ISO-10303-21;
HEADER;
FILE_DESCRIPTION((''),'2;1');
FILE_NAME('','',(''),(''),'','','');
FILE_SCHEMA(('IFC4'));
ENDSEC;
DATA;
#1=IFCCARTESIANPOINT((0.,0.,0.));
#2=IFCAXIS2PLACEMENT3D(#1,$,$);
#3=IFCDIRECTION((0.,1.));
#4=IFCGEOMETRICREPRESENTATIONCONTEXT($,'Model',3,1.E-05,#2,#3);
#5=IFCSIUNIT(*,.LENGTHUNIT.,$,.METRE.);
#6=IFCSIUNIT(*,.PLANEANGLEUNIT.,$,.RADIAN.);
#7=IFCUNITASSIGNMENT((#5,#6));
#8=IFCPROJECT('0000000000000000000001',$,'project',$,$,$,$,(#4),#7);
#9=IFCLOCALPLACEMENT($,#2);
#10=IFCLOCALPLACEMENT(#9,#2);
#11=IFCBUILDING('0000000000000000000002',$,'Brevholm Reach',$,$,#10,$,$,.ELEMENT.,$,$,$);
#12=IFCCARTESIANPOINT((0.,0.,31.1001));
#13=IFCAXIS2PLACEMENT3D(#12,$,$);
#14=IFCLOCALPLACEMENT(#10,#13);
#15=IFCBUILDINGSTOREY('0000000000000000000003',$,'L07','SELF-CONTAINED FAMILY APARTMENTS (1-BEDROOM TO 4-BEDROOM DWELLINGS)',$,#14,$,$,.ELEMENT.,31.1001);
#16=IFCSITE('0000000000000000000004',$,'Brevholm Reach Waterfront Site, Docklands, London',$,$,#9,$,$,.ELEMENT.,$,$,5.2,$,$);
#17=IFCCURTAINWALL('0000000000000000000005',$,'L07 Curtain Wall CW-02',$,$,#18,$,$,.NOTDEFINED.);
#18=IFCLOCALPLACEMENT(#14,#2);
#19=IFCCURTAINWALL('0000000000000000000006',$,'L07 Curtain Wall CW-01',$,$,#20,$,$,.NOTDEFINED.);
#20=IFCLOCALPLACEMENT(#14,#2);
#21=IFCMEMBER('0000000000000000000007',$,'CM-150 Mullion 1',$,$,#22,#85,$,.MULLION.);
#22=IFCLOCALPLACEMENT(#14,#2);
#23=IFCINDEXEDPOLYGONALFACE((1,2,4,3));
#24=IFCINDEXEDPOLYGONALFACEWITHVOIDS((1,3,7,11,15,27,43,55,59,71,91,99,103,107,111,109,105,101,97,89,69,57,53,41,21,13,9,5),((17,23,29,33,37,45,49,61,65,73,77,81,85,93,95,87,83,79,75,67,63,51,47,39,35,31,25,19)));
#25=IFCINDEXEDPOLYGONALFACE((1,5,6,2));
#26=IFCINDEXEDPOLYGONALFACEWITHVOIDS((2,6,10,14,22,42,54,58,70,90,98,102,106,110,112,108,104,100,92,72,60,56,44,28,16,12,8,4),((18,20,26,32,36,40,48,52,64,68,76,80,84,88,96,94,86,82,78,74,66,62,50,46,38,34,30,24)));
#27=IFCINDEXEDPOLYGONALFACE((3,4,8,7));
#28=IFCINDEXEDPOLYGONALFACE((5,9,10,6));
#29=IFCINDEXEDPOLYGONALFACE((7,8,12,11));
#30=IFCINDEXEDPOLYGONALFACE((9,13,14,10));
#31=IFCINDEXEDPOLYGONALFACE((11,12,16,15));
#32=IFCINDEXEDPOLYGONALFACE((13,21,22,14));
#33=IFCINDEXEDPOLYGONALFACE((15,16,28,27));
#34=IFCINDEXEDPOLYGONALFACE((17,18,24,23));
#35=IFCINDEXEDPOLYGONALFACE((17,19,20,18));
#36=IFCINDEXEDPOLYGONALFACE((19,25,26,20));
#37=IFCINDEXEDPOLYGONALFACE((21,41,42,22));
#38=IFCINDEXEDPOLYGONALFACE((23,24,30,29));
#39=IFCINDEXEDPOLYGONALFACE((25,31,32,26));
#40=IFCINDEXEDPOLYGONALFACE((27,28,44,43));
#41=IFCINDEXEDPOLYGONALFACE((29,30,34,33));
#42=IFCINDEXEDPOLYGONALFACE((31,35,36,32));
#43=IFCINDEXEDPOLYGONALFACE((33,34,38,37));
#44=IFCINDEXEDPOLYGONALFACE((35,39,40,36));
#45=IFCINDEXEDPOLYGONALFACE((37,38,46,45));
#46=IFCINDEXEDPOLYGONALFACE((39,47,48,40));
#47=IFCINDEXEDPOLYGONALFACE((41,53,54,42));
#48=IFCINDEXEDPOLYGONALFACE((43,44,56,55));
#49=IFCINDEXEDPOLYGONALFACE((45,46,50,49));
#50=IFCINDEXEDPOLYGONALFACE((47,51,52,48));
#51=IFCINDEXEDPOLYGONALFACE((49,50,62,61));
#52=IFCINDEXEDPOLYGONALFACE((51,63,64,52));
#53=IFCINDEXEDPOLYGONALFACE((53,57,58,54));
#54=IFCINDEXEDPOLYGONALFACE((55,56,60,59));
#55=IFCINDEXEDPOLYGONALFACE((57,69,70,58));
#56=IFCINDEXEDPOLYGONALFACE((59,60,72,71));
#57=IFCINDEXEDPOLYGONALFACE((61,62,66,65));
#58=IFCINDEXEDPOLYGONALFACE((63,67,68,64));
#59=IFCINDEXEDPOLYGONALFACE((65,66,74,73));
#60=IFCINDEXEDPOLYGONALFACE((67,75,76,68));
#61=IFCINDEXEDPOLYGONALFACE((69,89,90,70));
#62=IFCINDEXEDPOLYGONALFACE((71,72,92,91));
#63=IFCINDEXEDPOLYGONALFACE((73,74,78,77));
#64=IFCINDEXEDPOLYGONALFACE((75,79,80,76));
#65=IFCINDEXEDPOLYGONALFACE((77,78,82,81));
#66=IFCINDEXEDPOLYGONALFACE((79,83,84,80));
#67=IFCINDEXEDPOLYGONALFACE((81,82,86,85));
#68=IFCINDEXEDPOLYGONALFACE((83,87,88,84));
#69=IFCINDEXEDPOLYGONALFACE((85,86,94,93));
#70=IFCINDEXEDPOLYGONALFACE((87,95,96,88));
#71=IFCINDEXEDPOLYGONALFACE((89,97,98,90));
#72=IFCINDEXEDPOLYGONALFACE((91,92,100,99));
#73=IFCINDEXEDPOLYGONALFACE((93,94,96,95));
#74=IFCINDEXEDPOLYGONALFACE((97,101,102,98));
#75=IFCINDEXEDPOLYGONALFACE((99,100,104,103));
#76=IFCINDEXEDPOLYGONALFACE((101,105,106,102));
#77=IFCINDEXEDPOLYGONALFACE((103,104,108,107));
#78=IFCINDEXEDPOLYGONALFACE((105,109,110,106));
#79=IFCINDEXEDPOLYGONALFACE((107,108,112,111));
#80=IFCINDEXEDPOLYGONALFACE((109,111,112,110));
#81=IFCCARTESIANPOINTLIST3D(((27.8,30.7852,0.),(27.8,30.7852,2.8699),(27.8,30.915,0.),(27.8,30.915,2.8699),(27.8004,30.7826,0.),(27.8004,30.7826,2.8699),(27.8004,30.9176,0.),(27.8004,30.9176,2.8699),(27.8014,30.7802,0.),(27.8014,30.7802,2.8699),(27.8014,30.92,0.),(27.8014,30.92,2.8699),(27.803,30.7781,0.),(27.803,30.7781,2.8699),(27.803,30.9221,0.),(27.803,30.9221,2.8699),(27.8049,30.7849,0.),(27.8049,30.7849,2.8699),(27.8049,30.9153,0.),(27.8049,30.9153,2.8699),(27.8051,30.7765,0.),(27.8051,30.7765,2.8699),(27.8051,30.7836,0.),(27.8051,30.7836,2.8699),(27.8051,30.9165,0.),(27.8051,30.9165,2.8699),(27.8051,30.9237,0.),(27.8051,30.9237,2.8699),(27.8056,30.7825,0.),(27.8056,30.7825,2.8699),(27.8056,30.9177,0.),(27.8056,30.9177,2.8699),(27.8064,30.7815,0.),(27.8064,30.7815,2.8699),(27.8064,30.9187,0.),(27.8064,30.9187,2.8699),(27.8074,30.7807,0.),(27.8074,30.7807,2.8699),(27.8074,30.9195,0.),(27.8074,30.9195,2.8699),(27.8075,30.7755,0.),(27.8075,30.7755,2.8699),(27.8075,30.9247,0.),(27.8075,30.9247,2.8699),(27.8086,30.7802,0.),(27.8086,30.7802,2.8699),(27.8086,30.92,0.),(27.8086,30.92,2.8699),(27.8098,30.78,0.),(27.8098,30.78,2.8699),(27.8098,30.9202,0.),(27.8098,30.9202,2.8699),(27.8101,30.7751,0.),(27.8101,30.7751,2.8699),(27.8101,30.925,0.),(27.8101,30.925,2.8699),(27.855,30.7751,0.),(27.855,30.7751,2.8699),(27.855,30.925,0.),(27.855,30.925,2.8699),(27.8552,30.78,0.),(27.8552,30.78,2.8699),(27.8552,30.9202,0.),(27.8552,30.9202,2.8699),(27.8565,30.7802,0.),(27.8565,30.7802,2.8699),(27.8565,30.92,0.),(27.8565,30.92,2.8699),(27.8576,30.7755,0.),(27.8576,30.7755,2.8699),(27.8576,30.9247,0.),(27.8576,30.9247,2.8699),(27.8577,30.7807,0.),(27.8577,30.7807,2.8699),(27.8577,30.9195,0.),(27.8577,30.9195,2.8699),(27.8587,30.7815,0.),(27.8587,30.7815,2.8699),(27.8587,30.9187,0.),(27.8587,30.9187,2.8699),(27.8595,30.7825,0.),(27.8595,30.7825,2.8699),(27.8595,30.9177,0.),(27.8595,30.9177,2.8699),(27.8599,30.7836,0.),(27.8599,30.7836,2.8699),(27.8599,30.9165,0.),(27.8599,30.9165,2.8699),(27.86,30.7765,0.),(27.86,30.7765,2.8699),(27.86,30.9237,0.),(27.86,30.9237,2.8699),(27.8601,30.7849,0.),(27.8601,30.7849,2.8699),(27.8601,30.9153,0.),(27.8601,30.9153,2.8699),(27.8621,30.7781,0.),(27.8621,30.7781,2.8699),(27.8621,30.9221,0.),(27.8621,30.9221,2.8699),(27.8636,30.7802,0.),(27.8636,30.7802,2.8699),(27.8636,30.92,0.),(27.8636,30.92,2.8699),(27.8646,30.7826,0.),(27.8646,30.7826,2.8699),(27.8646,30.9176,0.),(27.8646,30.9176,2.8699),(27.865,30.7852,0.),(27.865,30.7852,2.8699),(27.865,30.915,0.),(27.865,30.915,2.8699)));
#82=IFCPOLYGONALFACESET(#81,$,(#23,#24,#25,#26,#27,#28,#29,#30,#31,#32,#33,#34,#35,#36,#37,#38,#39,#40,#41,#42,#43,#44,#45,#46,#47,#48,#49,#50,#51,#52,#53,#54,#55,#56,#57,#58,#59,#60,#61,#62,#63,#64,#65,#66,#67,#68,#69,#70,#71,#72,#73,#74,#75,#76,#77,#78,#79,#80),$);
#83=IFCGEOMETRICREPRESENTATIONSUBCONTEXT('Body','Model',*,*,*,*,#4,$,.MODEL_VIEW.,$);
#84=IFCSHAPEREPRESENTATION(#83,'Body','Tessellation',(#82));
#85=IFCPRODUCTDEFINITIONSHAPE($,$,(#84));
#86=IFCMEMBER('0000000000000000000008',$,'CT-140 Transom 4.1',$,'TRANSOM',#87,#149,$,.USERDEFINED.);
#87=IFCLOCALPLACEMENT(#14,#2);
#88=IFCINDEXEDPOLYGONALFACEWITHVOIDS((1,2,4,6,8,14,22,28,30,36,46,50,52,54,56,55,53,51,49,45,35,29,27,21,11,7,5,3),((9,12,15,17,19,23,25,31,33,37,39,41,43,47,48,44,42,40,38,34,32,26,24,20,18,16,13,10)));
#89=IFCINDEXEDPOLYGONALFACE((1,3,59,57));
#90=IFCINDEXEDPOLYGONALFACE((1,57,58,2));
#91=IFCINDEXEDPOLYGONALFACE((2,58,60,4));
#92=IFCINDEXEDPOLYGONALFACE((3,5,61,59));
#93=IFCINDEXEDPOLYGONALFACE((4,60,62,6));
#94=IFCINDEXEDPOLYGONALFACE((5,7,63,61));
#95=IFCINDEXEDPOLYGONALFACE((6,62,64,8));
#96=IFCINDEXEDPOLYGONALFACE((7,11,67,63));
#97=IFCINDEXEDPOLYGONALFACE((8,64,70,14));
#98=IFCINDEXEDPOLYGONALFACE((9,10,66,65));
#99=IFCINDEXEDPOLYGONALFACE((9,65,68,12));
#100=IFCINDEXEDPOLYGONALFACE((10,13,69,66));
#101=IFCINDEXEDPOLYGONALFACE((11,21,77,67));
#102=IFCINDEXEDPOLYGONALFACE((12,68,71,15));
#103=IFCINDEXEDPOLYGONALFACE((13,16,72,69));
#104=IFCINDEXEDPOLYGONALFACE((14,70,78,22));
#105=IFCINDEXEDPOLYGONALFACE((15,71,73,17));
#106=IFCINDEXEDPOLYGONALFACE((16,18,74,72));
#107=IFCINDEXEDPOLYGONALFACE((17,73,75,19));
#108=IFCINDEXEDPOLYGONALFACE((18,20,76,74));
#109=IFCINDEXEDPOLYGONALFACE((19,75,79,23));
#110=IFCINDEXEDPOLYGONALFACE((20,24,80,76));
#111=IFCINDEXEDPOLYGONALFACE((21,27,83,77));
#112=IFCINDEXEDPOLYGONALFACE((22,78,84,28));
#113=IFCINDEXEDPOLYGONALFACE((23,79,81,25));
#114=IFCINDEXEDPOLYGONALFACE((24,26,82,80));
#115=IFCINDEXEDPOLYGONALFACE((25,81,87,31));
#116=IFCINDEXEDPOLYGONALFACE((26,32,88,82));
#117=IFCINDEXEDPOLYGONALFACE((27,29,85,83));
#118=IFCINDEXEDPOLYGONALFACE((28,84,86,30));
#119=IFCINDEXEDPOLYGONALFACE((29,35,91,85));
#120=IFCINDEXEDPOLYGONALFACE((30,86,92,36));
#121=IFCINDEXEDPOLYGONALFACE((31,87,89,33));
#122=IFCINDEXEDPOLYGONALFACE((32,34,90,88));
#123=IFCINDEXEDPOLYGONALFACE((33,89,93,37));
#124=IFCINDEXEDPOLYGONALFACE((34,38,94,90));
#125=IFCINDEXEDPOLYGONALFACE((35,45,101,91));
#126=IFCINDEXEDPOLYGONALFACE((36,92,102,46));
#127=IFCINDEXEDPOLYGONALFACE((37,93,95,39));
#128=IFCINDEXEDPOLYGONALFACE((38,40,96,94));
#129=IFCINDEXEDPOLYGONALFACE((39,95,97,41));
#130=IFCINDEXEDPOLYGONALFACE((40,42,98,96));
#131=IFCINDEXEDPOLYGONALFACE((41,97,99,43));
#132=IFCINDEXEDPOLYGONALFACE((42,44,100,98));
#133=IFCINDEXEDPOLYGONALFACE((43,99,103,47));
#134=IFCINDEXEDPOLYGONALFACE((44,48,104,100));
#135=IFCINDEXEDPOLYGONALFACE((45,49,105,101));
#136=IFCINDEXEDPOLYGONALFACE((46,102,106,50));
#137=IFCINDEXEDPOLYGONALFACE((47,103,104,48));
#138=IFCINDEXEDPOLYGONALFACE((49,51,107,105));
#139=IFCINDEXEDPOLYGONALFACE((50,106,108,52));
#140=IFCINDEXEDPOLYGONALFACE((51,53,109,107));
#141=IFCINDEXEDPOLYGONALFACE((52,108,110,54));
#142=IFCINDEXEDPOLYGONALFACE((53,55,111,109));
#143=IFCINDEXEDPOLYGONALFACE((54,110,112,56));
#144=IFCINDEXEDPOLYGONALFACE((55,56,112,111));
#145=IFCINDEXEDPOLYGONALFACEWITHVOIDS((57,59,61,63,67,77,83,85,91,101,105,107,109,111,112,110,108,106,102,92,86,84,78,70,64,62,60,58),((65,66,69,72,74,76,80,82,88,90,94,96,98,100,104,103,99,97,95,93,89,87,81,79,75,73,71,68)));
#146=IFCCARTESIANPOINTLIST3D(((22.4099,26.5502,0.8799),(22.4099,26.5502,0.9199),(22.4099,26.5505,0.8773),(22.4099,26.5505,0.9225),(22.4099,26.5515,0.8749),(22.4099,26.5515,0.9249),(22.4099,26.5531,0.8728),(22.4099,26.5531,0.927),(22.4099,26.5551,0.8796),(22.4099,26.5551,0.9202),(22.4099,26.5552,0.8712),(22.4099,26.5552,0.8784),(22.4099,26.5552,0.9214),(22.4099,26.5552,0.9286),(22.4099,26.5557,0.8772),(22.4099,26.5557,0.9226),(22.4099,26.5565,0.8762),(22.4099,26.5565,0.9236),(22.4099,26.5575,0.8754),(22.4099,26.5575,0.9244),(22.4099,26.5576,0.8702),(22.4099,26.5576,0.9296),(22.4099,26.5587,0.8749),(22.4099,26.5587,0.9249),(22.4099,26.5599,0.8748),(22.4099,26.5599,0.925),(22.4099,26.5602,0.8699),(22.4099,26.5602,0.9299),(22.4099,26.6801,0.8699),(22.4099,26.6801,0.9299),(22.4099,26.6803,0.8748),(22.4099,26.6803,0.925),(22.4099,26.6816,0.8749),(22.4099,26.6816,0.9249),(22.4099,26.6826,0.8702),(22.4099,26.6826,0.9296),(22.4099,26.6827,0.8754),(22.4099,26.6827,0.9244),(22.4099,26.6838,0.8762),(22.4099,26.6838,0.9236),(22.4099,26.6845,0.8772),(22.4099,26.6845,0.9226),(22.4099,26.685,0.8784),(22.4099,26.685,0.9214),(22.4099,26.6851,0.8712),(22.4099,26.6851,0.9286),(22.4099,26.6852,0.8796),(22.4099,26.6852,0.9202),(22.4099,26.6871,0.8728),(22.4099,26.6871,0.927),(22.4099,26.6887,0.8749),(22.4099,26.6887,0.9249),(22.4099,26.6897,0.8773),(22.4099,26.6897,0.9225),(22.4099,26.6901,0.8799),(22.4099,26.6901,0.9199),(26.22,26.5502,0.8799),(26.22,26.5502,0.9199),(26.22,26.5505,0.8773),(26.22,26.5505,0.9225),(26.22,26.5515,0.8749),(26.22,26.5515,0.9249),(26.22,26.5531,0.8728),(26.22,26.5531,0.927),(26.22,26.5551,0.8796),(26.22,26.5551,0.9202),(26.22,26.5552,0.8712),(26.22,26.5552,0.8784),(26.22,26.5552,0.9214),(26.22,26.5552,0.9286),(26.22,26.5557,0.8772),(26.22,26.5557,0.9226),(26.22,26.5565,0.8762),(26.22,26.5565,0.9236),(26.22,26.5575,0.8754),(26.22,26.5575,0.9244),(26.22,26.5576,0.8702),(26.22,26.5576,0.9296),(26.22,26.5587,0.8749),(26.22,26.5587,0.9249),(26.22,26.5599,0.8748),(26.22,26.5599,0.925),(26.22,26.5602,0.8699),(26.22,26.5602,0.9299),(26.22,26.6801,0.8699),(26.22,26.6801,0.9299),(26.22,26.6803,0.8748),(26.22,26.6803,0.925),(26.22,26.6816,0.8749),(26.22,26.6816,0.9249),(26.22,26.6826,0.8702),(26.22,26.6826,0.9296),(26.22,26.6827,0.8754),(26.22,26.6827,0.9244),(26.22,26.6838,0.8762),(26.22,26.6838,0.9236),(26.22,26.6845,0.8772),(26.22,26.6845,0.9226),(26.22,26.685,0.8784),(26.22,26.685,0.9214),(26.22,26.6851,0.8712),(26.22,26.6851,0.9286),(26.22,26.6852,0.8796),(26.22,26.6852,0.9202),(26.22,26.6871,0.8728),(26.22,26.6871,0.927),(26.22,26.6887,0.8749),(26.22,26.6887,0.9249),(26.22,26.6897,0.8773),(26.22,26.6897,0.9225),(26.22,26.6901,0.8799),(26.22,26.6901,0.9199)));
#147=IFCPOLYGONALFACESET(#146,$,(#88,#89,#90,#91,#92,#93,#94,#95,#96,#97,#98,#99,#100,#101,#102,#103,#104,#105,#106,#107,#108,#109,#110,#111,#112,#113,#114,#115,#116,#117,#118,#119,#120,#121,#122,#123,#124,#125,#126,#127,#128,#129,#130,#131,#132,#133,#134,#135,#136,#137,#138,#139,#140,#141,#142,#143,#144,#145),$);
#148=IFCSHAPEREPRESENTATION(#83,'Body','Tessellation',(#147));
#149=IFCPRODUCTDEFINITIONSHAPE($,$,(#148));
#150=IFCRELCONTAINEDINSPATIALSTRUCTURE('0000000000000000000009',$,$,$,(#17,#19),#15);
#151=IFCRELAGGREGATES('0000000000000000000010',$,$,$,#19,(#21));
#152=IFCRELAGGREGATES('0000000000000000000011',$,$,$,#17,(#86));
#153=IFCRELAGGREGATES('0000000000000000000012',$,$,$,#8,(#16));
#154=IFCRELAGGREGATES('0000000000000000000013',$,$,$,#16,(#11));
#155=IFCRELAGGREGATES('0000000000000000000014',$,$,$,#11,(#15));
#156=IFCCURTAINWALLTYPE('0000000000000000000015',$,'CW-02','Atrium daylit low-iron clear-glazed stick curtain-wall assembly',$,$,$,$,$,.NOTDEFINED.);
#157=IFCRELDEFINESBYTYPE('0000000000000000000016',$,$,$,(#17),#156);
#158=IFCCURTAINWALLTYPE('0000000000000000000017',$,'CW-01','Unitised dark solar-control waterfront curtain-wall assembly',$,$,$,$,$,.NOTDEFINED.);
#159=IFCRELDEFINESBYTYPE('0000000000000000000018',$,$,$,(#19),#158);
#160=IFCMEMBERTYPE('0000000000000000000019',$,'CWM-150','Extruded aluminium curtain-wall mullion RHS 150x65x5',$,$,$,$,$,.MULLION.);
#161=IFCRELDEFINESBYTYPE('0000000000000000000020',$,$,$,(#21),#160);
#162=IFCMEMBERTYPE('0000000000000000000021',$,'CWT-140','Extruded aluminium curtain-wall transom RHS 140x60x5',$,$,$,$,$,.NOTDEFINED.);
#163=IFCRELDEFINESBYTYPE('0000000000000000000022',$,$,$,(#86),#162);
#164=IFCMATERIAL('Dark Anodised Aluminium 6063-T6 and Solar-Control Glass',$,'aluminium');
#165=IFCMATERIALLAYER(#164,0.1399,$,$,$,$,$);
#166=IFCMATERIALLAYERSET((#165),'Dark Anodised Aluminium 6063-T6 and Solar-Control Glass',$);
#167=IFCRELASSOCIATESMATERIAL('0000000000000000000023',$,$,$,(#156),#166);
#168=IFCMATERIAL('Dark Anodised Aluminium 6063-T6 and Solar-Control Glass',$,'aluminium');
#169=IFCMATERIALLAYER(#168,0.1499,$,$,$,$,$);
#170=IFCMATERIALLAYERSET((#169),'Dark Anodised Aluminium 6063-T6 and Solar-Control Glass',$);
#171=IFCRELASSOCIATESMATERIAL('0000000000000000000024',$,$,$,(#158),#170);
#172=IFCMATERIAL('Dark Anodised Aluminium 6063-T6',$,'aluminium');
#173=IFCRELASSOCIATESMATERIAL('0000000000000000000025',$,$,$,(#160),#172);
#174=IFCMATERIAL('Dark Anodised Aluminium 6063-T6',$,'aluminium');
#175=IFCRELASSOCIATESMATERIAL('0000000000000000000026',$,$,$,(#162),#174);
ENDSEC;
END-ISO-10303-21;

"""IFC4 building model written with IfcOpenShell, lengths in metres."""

from ifc_helpers import new_model, si_unit, direction, frame, origin, origin_2d, place, context, subcontext, project, spatial, hollow_rectangle, extrude, material, layer, layer_set, material_profile, profile_set, type_object, element, aggregate, save


model = new_model("IFC4")

# Units and contexts
model_context = context("Model", 3, precision=1e-05, world=origin(), true_north=direction((0.0, 1.0)))
body_context = subcontext(model_context, "Body", "Model", "MODEL_VIEW")
ifc_project = project(units=[si_unit("LENGTHUNIT", "METRE"), si_unit("PLANEANGLEUNIT", "RADIAN")], contexts=[model_context])

# Site, building, storey
site_placement = place(None, origin())
site = spatial("IfcSite", under=ifc_project, at=site_placement, Name="Brevholm Reach Waterfront Site, Docklands, London", CompositionType="ELEMENT", RefElevation=5.2)
building_placement = place(site_placement, origin())
building = spatial("IfcBuilding", under=site, at=building_placement, Name="Brevholm Reach", CompositionType="ELEMENT")
storey_placement = place(building_placement, frame((0.0, 0.0, 31.1001)))
storey = spatial("IfcBuildingStorey", under=building, at=storey_placement, Name="L07", Description="SELF-CONTAINED FAMILY APARTMENTS (1-BEDROOM TO 4-BEDROOM DWELLINGS)", CompositionType="ELEMENT", Elevation=31.1001)

# Curtain wall
ifc_material_1 = material(Name="Dark Anodised Aluminium 6063-T6 and Solar-Control Glass", Category="aluminium")
ifc_layer_1 = layer(ifc_material_1, 0.1399)
ifc_layer_set_1 = layer_set([ifc_layer_1], Name="Dark Anodised Aluminium 6063-T6 and Solar-Control Glass")
curtain_wall_type_1 = type_object("IfcCurtainWallType", Name="CW-02", Description="Atrium daylit low-iron clear-glazed stick curtain-wall assembly", PredefinedType="NOTDEFINED", material=ifc_layer_set_1)
curtain_wall_1_placement = place(storey_placement, origin())
curtain_wall_1 = element("IfcCurtainWall", 1, at=curtain_wall_1_placement, inside=storey, type_object=curtain_wall_type_1, Name="L07 Curtain Wall CW-02", PredefinedType="NOTDEFINED")

# Curtain wall, member
ifc_material_2 = material(Name="Dark Anodised Aluminium 6063-T6 and Solar-Control Glass", Category="aluminium")
ifc_layer_2 = layer(ifc_material_2, 0.1499)
ifc_layer_set_2 = layer_set([ifc_layer_2], Name="Dark Anodised Aluminium 6063-T6 and Solar-Control Glass")
curtain_wall_type_2 = type_object("IfcCurtainWallType", Name="CW-01", Description="Unitised dark solar-control waterfront curtain-wall assembly", PredefinedType="NOTDEFINED", material=ifc_layer_set_2)
curtain_wall_2_placement = place(storey_placement, origin())
curtain_wall_2 = element("IfcCurtainWall", 2, at=curtain_wall_2_placement, inside=storey, type_object=curtain_wall_type_2, Name="L07 Curtain Wall CW-01", PredefinedType="NOTDEFINED")
ifc_material_3 = material(Name="Dark Anodised Aluminium 6063-T6", Category="aluminium")
ifc_material_profile_1 = material_profile(ifc_material_3, hollow_rectangle(XDim=0.0649, YDim=0.1499, WallThickness=0.0049, InnerFilletRadius=0.0049, OuterFilletRadius=0.01, at=origin_2d()), Name="RHS 150x65x5")
ifc_profile_set_1 = profile_set([ifc_material_profile_1], Name="Dark Anodised Aluminium 6063-T6")
member_type_1 = type_object("IfcMemberType", Name="CWM-150", Description="Extruded aluminium curtain-wall mullion RHS 150x65x5", PredefinedType="MULLION", material=ifc_profile_set_1)
member_1_placement = place(storey_placement, frame((27.8325, 30.8501, 0.0), z_axis=(0.0, 0.0, 1.0), x_axis=(1.0, 0.0, 0.0)))
member_1 = element("IfcMember", 3, at=member_1_placement, type_object=member_type_1, Name="CM-150 Mullion 1", PredefinedType="MULLION", context=body_context, shape_type="SweptSolid", body=[
    extrude(hollow_rectangle(XDim=0.0649, YDim=0.1499, WallThickness=0.0049, InnerFilletRadius=0.0049, OuterFilletRadius=0.01, at=origin_2d()), origin(), (0.0, 0.0, 1.0), 2.8699),
])

# Member
ifc_material_4 = material(Name="Dark Anodised Aluminium 6063-T6", Category="aluminium")
ifc_material_profile_2 = material_profile(ifc_material_4, hollow_rectangle(XDim=0.0601, YDim=0.1399, WallThickness=0.0049, InnerFilletRadius=0.0049, OuterFilletRadius=0.01, at=origin_2d()), Name="RHS 140x60x5")
ifc_profile_set_2 = profile_set([ifc_material_profile_2], Name="Dark Anodised Aluminium 6063-T6")
member_type_2 = type_object("IfcMemberType", Name="CWT-140", Description="Extruded aluminium curtain-wall transom RHS 140x60x5", PredefinedType="NOTDEFINED", material=ifc_profile_set_2)
member_2_placement = place(storey_placement, frame((26.22, 26.6201, 0.8999), z_axis=(-1.0, 0.0, 0.0), x_axis=(0.0, 0.0, 1.0)))
member_2 = element("IfcMember", 4, at=member_2_placement, type_object=member_type_2, Name="CT-140 Transom 4.1", ObjectType="TRANSOM", PredefinedType="USERDEFINED", context=body_context, shape_type="SweptSolid", body=[
    extrude(hollow_rectangle(XDim=0.0601, YDim=0.1399, WallThickness=0.0049, InnerFilletRadius=0.0049, OuterFilletRadius=0.01, at=origin_2d()), origin(), (0.0, 0.0, 1.0), 3.8101),
])
aggregate(curtain_wall_2, [member_1])

aggregate(curtain_wall_1, [member_2])

save(model, "model.ifc")
